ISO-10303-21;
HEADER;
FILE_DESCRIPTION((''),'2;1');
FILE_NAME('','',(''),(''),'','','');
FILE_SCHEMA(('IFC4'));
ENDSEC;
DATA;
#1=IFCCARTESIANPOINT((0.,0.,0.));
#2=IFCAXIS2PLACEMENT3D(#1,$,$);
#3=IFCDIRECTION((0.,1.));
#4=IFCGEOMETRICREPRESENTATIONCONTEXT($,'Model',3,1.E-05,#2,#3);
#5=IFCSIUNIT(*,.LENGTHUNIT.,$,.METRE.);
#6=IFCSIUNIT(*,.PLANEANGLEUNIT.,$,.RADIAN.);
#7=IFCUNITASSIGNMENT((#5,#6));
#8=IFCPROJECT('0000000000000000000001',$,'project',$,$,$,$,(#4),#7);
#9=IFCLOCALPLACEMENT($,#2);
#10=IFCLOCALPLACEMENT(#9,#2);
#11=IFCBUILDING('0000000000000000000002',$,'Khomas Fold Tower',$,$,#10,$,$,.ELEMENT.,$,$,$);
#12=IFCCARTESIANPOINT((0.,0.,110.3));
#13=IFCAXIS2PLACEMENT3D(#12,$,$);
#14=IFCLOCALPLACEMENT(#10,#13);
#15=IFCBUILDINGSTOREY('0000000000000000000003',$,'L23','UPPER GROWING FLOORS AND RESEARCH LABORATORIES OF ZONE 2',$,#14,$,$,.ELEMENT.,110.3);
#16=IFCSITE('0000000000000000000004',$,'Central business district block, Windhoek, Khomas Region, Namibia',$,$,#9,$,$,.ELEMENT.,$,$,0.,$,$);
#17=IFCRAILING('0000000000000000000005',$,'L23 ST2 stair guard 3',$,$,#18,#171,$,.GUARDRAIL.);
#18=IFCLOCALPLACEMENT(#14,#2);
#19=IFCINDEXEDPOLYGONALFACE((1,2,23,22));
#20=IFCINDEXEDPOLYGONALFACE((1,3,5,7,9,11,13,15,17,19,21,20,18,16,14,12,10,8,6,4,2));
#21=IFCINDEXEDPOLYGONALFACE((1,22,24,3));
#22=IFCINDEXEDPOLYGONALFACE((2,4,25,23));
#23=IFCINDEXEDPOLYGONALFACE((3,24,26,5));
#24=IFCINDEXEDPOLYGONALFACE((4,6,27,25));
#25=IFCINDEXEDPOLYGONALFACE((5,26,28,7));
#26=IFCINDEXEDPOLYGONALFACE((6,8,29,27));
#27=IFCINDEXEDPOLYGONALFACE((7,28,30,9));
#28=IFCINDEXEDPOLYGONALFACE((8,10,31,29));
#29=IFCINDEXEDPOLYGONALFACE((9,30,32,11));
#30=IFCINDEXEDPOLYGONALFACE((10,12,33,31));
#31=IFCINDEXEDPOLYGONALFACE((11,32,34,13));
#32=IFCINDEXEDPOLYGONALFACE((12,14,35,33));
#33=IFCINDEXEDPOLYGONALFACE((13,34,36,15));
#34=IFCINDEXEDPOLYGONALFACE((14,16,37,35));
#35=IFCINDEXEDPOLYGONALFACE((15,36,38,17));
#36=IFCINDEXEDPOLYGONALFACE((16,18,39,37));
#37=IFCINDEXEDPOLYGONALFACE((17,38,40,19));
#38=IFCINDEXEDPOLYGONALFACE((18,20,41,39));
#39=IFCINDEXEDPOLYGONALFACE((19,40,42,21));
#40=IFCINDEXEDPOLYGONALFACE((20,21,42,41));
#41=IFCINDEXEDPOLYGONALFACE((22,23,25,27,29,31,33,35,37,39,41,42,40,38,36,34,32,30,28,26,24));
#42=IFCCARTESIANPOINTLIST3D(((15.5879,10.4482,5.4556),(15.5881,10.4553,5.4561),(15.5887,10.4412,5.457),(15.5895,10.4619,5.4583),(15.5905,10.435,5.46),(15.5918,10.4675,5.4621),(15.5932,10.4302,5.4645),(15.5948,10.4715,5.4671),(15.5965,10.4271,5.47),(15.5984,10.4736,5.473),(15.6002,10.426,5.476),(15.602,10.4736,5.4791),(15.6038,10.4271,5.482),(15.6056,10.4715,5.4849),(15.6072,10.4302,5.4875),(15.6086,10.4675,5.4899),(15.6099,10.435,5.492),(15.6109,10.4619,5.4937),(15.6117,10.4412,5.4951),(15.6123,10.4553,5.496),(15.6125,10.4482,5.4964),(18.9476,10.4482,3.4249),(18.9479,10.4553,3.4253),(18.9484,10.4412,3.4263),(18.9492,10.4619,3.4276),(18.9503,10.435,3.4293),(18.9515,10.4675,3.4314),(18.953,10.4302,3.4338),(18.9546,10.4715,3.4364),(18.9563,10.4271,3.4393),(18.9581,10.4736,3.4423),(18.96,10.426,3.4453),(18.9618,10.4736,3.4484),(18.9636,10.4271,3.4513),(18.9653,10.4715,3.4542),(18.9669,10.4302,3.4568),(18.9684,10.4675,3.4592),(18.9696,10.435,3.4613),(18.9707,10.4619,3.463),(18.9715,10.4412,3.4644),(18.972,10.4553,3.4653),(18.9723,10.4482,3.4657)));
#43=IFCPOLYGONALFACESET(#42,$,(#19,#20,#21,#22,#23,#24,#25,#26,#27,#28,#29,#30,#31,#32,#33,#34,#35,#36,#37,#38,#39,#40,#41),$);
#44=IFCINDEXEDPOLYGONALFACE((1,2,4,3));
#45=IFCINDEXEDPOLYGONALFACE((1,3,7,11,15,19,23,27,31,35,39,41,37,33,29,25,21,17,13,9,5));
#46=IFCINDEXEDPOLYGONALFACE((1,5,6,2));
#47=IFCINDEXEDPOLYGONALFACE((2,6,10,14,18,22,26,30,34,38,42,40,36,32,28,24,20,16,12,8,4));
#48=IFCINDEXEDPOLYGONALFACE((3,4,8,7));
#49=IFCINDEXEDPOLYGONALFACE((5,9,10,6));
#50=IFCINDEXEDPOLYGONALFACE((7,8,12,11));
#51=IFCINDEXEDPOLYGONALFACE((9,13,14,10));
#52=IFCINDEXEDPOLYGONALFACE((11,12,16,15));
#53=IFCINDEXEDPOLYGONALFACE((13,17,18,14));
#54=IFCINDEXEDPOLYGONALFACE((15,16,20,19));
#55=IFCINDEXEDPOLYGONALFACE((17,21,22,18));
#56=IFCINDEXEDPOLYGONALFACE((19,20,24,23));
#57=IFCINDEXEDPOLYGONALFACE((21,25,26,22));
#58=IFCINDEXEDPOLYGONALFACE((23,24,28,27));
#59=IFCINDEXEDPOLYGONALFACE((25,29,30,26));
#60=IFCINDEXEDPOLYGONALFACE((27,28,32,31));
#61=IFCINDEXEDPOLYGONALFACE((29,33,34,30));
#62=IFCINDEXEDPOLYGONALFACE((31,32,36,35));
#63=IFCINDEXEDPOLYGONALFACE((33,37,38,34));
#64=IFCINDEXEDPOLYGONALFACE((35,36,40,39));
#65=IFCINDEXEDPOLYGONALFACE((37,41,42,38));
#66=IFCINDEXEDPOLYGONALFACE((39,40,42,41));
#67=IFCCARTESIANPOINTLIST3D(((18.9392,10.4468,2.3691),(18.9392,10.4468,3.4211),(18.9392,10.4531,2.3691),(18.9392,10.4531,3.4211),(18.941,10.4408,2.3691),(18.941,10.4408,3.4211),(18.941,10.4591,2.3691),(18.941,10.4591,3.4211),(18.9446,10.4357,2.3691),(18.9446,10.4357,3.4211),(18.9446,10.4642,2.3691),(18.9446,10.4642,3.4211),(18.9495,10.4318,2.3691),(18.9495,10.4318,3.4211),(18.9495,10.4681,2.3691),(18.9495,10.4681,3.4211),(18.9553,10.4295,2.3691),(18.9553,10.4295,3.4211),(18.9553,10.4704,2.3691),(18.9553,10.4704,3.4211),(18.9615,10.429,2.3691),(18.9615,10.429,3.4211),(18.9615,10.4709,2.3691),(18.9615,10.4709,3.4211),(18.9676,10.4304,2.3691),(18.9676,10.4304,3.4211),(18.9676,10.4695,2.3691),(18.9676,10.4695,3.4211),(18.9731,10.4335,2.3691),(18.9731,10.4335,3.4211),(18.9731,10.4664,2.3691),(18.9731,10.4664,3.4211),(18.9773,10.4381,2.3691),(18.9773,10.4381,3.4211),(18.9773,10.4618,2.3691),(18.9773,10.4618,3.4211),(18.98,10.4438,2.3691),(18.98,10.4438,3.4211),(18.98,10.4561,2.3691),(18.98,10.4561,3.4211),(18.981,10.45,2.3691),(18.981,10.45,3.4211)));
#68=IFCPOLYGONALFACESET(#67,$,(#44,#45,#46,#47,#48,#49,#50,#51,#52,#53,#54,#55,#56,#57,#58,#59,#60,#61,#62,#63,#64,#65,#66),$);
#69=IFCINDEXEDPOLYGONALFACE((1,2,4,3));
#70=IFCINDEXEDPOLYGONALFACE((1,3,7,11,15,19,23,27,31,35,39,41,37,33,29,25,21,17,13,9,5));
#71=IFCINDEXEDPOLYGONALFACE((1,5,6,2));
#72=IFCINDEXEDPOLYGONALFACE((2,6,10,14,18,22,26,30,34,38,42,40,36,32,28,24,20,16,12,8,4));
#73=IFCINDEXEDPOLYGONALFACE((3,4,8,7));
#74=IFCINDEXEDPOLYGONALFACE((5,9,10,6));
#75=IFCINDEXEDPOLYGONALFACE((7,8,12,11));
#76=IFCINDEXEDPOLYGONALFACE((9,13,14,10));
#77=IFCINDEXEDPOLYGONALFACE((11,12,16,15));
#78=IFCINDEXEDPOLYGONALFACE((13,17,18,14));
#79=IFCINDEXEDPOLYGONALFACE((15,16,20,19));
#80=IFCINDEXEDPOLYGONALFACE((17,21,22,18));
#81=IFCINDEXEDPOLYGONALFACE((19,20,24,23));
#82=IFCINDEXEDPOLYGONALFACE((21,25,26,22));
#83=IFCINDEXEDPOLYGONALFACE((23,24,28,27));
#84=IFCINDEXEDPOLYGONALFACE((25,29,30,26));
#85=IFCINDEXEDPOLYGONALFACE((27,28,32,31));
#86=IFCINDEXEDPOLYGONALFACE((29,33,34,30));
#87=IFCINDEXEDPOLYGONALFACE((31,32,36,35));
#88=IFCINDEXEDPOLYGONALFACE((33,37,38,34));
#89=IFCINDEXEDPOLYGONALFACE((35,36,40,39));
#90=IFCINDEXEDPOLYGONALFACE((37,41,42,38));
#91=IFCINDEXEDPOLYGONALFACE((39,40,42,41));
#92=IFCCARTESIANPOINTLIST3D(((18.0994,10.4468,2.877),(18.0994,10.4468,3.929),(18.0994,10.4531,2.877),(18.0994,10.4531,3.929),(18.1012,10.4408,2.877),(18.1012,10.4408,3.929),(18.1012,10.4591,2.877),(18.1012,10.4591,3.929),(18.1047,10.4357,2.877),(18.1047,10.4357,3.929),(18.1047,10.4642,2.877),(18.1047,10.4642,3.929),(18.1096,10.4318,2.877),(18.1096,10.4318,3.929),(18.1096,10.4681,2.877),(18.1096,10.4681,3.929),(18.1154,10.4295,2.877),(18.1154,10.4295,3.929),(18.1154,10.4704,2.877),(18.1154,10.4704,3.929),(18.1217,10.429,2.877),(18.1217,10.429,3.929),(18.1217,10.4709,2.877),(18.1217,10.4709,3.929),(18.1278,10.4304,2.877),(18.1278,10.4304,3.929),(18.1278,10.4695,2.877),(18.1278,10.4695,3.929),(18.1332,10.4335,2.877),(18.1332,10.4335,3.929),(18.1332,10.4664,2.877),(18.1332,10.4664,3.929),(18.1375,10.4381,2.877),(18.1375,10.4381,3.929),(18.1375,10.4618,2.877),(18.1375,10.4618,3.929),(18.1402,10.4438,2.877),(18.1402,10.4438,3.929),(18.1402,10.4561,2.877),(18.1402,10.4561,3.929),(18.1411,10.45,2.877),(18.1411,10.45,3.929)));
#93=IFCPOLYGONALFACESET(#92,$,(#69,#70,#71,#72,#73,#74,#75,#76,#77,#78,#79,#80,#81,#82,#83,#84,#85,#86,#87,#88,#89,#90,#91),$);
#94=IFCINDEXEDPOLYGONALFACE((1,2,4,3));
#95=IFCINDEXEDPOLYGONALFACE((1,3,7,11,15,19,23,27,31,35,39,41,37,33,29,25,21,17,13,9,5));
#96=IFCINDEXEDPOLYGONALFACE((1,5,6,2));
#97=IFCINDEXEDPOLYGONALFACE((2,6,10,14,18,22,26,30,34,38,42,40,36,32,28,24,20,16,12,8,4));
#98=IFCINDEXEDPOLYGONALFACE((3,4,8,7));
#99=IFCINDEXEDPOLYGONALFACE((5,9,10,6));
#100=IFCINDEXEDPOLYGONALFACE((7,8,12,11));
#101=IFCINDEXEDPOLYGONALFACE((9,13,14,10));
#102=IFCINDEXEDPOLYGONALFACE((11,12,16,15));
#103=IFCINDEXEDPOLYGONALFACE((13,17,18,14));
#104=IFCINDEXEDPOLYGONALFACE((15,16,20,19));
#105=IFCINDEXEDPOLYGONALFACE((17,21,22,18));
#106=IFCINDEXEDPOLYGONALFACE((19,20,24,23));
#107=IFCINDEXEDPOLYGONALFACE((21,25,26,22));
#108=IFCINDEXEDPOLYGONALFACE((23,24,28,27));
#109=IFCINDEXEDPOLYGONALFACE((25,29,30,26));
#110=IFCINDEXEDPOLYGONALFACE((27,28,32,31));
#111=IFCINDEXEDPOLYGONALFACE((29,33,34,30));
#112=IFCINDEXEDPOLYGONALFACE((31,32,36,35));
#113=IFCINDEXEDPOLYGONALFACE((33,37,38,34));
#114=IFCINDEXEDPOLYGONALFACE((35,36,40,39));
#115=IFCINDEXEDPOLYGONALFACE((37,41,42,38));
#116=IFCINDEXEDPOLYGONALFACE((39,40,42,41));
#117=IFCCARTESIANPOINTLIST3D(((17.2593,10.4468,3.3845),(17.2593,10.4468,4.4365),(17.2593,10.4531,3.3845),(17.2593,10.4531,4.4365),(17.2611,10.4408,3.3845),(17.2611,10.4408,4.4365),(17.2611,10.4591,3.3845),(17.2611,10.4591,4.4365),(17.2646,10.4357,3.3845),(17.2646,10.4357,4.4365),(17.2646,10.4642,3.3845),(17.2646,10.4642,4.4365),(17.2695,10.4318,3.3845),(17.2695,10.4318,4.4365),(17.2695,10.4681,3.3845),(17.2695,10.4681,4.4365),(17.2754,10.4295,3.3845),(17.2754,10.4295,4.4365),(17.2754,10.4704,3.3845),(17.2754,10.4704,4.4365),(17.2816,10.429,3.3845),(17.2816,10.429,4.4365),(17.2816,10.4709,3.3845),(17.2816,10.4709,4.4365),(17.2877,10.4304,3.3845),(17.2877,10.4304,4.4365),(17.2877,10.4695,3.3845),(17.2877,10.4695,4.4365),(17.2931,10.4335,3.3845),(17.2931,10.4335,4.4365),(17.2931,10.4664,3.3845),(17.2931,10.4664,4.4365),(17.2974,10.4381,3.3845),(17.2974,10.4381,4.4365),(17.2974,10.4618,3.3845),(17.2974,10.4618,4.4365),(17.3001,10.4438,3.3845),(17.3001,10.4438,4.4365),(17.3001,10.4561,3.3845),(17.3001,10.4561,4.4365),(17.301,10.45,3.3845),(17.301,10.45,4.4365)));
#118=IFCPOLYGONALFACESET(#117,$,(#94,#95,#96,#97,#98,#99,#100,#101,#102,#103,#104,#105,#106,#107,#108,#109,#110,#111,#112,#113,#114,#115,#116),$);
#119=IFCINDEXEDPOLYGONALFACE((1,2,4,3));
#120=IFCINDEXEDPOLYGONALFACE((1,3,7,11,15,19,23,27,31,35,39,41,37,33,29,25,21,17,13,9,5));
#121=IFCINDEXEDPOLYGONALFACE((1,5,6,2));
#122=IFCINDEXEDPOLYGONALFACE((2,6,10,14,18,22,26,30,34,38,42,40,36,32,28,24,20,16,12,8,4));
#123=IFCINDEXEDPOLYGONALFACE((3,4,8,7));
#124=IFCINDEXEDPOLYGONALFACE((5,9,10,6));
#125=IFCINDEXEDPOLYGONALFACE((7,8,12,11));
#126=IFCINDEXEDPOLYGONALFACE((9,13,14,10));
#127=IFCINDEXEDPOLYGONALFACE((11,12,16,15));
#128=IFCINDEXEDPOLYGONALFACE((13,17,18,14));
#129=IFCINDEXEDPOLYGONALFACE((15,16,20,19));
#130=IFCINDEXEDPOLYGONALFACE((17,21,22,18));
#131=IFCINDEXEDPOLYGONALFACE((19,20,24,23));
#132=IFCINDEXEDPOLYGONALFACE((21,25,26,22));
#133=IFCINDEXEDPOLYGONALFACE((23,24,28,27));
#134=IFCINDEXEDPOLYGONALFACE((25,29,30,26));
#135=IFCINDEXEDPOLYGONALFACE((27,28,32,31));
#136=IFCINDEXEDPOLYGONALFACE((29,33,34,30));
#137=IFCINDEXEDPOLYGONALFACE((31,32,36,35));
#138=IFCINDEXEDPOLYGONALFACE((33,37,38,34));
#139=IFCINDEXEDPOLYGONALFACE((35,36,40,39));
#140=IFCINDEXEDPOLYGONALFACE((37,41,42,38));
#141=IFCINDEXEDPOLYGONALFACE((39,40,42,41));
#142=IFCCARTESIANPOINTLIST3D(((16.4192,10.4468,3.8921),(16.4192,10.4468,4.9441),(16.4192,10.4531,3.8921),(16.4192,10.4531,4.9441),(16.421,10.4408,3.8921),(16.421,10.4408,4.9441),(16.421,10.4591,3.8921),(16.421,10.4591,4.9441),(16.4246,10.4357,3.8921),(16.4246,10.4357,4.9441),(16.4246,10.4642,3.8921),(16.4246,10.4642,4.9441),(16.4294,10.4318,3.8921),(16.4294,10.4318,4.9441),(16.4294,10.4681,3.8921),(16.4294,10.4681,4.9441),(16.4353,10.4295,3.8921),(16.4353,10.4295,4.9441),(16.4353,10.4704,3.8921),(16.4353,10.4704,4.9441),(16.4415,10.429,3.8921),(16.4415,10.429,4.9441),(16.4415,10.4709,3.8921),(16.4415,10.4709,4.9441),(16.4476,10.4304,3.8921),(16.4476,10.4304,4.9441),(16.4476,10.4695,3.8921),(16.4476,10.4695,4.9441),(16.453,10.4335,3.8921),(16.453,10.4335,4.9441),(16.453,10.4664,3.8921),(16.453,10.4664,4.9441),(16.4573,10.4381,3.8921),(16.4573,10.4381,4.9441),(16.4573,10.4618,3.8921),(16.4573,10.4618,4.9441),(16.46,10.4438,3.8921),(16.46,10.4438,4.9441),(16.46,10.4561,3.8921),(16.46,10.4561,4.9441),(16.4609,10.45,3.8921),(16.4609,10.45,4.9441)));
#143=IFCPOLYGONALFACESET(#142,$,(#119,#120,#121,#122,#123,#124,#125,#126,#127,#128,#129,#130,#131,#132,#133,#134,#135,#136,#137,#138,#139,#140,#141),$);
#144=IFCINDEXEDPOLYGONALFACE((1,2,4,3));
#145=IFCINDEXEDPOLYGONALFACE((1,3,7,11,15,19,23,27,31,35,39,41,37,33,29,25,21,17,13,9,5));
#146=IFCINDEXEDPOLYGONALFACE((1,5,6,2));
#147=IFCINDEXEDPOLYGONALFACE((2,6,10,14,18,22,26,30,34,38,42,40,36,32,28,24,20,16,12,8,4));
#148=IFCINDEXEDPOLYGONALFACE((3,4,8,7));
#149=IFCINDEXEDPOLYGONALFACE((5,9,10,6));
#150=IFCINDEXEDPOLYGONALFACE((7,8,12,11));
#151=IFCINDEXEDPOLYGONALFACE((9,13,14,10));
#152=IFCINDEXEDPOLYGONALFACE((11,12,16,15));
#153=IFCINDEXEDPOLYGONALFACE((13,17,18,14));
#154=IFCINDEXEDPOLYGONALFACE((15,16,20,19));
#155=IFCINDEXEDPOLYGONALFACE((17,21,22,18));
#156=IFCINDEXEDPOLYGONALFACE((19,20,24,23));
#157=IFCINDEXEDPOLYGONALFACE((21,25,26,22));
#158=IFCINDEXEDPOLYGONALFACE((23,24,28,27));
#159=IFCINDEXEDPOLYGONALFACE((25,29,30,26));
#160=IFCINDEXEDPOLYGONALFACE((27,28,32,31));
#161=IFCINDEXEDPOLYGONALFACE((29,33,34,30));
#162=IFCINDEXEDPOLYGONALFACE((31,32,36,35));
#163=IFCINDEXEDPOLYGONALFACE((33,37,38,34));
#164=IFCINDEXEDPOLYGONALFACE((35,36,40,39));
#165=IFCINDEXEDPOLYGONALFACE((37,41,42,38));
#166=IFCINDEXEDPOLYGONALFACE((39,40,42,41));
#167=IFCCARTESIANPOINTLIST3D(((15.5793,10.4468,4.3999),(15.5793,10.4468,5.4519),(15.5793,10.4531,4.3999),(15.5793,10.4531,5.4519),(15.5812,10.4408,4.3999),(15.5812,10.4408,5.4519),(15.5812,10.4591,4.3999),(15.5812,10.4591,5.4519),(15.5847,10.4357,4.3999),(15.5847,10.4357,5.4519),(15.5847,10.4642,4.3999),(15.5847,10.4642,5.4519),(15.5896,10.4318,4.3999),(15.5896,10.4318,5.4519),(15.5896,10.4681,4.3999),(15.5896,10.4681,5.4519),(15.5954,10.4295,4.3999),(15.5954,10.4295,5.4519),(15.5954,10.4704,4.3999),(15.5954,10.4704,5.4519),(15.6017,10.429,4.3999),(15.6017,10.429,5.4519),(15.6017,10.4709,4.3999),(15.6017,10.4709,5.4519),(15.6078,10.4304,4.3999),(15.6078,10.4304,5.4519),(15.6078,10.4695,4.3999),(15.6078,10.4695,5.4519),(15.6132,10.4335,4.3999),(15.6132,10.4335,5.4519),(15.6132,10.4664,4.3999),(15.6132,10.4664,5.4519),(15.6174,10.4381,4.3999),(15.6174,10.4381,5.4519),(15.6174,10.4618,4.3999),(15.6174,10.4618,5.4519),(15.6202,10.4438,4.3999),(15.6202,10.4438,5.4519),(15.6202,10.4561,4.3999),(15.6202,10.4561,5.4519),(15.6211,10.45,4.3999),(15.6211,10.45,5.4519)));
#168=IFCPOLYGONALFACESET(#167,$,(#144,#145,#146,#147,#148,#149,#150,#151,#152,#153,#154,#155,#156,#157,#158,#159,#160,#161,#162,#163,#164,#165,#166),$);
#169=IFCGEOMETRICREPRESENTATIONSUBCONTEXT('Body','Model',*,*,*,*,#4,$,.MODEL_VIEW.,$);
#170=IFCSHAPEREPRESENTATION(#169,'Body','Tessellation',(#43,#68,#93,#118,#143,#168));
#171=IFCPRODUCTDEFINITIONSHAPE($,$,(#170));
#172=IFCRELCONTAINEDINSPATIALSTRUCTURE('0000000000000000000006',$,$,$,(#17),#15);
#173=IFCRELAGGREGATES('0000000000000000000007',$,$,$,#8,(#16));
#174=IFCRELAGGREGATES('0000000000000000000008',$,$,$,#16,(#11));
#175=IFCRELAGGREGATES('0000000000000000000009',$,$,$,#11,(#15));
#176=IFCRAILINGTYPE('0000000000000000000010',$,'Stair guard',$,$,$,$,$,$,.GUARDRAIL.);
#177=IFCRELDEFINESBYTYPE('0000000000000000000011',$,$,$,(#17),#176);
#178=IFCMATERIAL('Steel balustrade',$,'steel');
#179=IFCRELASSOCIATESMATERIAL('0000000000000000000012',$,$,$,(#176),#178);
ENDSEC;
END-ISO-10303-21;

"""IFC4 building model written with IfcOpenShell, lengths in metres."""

from ifc_helpers import new_model, si_unit, direction, frame, origin, origin_2d, place, context, subcontext, project, spatial, circle, extrude, source, transform, mapped, material, type_object, element, save


model = new_model("IFC4")

# Units and contexts
model_context = context("Model", 3, precision=1e-05, world=origin(), true_north=direction((0.0, 1.0)))
body_context = subcontext(model_context, "Body", "Model", "MODEL_VIEW")
ifc_project = project(units=[si_unit("LENGTHUNIT", "METRE"), si_unit("PLANEANGLEUNIT", "RADIAN")], contexts=[model_context])

# Site, building, storey
site_placement = place(None, origin())
site = spatial("IfcSite", under=ifc_project, at=site_placement, Name="Central business district block, Windhoek, Khomas Region, Namibia", CompositionType="ELEMENT", RefElevation=0.0)
building_placement = place(site_placement, origin())
building = spatial("IfcBuilding", under=site, at=building_placement, Name="Khomas Fold Tower", CompositionType="ELEMENT")
storey_placement = place(building_placement, frame((0.0, 0.0, 110.3)))
storey = spatial("IfcBuildingStorey", under=building, at=storey_placement, Name="L23", Description="UPPER GROWING FLOORS AND RESEARCH LABORATORIES OF ZONE 2", CompositionType="ELEMENT", Elevation=110.3)

# Railing
ifc_material_1 = material(Name="Steel balustrade", Category="steel")
railing_type_1 = type_object("IfcRailingType", Name="Stair guard", PredefinedType="GUARDRAIL", material=ifc_material_1)
shared_shape_1 = source(origin(), body_context, "Body", "SweptSolid", [
    extrude(circle(Radius=0.0239, at=origin_2d()), frame((0.0, 0.0, 1.0762), z_axis=(-0.85582, 0.0, 0.517273), x_axis=(0.0, -1.0, 0.0)), (0.0, 0.0, 1.0), 3.9258),
    extrude(circle(Radius=0.021, at=origin_2d()), origin(), (0.0, 0.0, 1.0), 1.052),
    extrude(circle(Radius=0.021, at=origin_2d()), frame((-0.8398, 0.0, 0.5078)), (0.0, 0.0, 1.0), 1.052),
    extrude(circle(Radius=0.021, at=origin_2d()), frame((-1.6799, 0.0, 1.0154)), (0.0, 0.0, 1.0), 1.052),
    extrude(circle(Radius=0.021, at=origin_2d()), frame((-2.52, 0.0, 1.5229)), (0.0, 0.0, 1.0), 1.052),
    extrude(circle(Radius=0.021, at=origin_2d()), frame((-3.3599, 0.0, 2.0308)), (0.0, 0.0, 1.0), 1.052),
])
railing_1_placement = place(storey_placement, frame((18.96, 10.45, 2.3691)))
element("IfcRailing", 1, at=railing_1_placement, inside=storey, type_object=railing_type_1, Name="L23 ST2 stair guard 3", PredefinedType="GUARDRAIL", context=body_context, shape_type="MappedRepresentation", body=[
    mapped(shared_shape_1, transform((0.0, 0.0, 0.0))),
])

save(model, "model.ifc")
